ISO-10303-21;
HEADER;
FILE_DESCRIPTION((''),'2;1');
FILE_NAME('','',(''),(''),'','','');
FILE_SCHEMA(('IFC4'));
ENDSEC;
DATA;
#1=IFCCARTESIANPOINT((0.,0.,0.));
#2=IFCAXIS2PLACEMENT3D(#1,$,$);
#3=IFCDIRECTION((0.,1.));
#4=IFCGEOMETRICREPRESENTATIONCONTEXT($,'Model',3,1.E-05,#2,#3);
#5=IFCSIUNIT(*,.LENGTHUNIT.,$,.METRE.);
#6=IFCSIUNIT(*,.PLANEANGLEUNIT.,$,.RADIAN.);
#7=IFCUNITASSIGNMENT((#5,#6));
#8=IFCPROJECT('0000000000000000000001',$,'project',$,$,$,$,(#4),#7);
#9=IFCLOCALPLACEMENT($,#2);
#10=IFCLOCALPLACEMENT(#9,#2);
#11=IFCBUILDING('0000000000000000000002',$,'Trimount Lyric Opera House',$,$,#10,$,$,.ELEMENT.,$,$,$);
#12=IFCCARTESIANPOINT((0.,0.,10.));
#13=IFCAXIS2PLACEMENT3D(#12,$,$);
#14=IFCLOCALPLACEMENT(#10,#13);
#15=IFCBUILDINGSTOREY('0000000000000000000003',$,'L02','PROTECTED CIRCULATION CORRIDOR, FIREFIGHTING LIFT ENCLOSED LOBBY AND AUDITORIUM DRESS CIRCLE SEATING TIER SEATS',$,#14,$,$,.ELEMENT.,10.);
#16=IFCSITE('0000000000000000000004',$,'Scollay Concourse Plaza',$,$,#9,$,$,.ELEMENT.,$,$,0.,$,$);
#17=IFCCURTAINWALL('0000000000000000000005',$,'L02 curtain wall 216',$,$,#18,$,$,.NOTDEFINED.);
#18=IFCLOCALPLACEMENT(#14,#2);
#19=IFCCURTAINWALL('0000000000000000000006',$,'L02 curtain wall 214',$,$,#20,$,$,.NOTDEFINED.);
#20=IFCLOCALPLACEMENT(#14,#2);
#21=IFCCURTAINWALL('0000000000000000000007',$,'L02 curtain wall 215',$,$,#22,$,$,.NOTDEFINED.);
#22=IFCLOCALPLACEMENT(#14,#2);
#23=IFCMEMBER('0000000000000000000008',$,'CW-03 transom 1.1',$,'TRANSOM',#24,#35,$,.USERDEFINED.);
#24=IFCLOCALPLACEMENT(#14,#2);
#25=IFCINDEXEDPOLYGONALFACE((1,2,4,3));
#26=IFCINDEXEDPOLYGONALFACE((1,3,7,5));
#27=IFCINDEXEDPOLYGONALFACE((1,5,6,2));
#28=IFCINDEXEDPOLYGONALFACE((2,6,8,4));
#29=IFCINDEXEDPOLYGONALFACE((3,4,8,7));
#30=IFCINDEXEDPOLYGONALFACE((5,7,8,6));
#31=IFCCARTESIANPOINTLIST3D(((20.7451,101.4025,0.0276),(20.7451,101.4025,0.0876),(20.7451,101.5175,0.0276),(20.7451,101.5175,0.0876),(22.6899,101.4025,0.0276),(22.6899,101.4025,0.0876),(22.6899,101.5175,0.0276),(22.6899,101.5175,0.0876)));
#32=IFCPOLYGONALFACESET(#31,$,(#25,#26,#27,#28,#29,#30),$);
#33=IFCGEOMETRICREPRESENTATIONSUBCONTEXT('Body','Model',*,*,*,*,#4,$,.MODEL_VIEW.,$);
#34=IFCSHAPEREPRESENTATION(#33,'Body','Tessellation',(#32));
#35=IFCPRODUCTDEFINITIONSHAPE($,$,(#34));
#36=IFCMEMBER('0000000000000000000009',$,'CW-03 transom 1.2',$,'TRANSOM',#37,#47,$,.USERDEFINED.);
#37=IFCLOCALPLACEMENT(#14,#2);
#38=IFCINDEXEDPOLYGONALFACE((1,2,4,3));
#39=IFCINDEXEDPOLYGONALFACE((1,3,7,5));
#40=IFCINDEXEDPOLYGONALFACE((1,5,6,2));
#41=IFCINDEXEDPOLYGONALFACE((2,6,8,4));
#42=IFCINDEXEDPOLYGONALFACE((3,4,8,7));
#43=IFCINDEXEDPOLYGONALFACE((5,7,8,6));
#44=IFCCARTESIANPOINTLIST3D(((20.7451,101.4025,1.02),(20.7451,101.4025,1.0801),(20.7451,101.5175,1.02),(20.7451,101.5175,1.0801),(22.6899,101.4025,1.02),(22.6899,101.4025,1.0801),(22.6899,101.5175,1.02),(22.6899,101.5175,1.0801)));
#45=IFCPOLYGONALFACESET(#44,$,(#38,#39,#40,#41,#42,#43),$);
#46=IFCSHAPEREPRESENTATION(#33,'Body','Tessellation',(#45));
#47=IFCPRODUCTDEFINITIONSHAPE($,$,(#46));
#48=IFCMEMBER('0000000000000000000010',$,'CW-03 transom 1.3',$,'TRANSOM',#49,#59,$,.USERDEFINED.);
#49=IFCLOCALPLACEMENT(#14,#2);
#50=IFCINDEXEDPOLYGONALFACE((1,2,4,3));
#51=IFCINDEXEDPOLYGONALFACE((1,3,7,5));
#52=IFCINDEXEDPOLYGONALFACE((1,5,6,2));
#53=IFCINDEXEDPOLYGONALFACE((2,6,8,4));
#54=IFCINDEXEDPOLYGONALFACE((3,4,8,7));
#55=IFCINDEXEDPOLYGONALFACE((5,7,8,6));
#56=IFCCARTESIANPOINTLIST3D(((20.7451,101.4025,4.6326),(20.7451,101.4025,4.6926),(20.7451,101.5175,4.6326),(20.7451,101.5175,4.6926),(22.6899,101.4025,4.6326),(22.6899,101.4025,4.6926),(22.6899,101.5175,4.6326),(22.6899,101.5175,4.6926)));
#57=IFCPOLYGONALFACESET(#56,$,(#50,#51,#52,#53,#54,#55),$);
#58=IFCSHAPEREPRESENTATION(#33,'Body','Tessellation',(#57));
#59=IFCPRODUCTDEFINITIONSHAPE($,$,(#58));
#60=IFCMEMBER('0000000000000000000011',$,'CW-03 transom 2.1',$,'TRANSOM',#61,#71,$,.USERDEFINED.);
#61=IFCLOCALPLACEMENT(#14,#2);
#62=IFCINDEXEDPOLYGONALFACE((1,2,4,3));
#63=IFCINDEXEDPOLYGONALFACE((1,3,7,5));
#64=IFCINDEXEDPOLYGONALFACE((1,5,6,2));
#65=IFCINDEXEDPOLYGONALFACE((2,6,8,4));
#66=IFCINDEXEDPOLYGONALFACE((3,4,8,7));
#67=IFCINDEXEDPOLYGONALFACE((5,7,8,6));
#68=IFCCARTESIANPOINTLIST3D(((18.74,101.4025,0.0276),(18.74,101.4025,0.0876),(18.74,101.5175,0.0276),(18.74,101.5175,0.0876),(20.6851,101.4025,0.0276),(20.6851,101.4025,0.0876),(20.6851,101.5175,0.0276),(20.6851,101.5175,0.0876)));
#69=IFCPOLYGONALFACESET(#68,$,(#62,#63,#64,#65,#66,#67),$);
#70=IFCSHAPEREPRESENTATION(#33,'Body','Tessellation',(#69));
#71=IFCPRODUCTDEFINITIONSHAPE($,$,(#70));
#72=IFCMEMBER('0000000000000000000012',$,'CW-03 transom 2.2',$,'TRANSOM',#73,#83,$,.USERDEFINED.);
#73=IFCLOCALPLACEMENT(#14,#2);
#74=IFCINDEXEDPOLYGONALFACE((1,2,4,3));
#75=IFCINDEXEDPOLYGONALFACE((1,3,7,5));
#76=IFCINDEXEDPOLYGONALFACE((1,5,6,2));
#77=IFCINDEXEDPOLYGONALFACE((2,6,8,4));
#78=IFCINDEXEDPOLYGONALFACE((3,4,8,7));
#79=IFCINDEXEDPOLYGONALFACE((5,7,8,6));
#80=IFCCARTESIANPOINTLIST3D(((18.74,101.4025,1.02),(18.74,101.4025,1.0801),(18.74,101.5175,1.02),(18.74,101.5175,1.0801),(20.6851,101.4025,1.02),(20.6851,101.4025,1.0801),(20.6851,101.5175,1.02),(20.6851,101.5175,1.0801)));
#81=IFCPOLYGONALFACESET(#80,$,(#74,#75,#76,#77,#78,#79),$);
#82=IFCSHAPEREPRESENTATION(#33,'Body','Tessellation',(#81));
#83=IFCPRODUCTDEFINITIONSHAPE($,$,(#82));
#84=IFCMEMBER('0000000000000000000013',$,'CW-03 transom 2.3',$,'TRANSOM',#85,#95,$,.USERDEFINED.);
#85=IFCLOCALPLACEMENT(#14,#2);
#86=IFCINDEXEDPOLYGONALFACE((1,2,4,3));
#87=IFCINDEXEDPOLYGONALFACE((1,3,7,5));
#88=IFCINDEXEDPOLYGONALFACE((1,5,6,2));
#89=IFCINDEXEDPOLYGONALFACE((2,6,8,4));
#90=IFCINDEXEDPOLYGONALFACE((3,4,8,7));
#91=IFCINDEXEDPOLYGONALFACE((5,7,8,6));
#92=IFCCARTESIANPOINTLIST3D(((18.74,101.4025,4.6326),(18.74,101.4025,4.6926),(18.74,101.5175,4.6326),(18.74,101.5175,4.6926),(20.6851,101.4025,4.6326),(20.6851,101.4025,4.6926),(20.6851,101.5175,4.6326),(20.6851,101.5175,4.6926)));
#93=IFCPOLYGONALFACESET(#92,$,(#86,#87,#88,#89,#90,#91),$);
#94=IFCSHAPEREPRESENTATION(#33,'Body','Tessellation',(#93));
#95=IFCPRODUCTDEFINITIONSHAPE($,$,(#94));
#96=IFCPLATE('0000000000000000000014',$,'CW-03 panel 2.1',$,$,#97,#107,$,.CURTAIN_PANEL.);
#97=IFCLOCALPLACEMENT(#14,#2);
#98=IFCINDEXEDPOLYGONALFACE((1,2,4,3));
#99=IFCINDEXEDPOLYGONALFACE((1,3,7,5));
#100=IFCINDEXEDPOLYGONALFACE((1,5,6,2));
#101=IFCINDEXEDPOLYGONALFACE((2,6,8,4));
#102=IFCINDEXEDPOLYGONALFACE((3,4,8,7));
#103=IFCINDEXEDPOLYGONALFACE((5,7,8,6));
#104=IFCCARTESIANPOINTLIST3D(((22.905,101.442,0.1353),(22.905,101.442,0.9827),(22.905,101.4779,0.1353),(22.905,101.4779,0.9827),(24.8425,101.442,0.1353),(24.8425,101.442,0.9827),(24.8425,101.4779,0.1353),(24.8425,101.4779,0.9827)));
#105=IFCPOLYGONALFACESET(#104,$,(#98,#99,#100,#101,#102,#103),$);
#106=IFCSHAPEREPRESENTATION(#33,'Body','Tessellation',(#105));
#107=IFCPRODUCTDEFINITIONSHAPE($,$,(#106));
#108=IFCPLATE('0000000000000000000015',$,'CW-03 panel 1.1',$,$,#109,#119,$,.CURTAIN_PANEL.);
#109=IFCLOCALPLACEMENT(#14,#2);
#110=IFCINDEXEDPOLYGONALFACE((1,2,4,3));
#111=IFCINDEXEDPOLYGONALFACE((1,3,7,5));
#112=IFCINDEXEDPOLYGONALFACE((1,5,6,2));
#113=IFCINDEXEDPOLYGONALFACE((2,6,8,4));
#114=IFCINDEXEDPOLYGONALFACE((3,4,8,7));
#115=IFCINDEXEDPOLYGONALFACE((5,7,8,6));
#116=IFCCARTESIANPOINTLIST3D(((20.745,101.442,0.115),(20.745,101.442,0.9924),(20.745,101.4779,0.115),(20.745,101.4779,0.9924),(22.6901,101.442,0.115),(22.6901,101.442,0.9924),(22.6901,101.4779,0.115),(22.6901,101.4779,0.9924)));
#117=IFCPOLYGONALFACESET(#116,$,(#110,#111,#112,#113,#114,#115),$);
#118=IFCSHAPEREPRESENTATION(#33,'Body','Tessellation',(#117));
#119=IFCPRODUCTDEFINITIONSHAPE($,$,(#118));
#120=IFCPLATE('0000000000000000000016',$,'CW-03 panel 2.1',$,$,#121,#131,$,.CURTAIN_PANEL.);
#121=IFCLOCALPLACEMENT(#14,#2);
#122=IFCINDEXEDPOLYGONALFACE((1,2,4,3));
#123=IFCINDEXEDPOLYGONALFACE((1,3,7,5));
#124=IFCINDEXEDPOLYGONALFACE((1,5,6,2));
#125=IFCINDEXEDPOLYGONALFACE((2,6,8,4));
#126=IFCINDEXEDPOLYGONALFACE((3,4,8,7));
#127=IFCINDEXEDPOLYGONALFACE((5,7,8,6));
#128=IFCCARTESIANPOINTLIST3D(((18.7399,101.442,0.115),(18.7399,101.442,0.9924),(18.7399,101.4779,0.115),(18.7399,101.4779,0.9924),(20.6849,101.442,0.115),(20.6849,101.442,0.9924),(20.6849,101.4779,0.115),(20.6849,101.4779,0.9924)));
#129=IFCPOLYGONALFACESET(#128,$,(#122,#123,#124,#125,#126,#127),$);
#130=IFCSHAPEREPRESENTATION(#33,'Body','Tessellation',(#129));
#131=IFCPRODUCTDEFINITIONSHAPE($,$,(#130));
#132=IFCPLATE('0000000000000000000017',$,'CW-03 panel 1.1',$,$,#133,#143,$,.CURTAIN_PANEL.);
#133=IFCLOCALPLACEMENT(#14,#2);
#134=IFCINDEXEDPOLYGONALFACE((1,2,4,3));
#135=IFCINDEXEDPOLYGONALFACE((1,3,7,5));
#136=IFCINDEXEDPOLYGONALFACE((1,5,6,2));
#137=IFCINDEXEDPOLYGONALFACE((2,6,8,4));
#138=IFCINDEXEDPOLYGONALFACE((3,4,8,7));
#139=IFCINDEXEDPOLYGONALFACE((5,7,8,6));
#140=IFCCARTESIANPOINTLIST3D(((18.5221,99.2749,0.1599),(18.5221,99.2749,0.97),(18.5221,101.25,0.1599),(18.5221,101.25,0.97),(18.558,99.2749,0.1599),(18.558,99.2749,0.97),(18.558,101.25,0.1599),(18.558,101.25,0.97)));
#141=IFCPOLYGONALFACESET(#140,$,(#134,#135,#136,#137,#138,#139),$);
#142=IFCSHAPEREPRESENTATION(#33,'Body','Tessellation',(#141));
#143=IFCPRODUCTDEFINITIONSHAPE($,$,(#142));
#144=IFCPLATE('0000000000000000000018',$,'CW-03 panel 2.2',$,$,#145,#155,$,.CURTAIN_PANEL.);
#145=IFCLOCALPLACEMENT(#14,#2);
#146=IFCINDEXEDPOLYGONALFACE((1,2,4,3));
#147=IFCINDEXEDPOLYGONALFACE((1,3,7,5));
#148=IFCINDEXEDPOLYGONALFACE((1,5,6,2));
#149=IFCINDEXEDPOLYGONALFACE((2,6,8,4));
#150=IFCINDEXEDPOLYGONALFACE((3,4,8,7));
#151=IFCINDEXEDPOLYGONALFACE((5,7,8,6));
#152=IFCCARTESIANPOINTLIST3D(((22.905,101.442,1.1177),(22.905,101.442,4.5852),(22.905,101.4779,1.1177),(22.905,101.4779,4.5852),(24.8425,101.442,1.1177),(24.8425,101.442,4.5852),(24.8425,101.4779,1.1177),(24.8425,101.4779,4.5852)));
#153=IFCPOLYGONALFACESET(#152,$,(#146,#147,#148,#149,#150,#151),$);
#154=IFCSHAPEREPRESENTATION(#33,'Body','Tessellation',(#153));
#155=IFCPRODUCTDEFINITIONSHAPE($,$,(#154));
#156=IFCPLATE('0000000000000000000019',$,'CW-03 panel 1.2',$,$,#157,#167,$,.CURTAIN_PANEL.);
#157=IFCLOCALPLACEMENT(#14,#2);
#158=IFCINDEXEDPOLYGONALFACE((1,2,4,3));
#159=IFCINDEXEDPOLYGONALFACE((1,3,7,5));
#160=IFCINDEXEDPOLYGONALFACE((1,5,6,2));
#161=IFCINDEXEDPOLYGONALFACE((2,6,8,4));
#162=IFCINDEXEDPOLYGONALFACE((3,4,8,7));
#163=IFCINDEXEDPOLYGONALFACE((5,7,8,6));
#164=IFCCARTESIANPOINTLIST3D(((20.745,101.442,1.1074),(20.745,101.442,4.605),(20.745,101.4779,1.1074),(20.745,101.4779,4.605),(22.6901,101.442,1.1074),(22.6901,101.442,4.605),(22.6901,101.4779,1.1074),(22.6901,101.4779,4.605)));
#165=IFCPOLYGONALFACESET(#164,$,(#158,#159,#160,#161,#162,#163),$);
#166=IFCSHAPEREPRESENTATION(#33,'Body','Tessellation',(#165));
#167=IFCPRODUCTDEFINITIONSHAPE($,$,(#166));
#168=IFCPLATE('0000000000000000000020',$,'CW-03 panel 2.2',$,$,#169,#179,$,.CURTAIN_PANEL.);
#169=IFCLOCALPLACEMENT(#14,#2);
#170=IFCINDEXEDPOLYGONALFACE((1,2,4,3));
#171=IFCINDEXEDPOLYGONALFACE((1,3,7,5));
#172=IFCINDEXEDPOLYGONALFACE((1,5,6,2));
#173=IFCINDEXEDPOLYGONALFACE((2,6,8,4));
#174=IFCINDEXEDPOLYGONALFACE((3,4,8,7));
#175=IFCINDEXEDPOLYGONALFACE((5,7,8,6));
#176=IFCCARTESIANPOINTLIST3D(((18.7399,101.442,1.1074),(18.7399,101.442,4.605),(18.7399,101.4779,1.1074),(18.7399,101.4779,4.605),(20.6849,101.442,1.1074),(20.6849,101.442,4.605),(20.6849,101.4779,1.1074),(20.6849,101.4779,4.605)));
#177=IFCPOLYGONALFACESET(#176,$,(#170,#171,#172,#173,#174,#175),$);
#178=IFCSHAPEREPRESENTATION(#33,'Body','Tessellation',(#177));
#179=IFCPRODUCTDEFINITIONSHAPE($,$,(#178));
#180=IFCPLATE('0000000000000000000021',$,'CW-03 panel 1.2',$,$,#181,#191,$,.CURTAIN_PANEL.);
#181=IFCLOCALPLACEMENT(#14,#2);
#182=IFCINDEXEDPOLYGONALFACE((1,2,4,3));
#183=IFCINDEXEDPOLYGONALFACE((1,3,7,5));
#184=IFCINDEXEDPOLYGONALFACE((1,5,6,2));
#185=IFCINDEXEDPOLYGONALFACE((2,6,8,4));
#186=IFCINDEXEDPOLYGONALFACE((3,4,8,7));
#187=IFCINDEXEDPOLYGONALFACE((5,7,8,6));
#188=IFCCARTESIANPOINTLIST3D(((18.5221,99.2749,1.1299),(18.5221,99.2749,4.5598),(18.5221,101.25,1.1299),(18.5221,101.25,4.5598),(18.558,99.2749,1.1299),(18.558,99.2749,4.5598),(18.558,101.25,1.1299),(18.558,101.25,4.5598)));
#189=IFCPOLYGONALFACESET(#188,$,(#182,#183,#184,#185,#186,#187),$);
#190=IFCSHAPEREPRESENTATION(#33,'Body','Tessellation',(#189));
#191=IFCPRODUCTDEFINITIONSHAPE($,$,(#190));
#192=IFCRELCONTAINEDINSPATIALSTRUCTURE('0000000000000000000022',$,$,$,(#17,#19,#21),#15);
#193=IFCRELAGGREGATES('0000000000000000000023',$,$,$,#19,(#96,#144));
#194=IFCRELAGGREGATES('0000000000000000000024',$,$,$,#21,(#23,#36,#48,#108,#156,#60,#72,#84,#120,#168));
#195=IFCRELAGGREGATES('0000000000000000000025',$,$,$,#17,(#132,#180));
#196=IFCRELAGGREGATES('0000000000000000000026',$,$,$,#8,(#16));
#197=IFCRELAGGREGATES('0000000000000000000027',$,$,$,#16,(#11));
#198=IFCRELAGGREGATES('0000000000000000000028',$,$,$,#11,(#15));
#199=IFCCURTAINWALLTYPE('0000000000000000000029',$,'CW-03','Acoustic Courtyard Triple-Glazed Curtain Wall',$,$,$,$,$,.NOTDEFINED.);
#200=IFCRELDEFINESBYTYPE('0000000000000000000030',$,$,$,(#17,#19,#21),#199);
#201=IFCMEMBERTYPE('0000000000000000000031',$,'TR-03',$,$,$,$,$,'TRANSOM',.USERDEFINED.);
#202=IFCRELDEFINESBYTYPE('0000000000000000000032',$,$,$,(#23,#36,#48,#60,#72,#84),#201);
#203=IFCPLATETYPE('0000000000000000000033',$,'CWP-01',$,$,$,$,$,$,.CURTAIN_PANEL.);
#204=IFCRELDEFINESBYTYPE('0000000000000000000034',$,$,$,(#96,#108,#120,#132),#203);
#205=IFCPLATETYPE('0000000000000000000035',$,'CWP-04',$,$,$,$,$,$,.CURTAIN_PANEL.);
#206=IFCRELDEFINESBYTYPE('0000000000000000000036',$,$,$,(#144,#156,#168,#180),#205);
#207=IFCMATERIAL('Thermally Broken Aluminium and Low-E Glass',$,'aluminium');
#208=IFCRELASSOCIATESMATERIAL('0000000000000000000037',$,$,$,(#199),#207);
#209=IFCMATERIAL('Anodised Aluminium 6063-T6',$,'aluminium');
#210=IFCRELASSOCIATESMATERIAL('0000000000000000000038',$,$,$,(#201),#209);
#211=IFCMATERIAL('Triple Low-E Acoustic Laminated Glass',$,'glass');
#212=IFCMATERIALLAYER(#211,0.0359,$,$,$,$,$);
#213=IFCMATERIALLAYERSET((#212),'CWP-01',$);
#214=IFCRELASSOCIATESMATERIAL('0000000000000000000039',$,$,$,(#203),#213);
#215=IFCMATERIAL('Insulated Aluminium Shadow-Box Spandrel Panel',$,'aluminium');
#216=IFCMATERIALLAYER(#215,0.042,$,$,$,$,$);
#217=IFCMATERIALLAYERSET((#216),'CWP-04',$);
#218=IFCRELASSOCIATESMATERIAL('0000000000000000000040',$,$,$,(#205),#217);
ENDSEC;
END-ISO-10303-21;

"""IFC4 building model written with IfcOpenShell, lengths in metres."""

from ifc_helpers import new_model, si_unit, direction, frame, origin, origin_2d, place, context, subcontext, project, spatial, rectangle, extrude, material, layer, layer_set, material_profile, profile_set, type_object, element, aggregate, save


model = new_model("IFC4")

# Units and contexts
model_context = context("Model", 3, precision=1e-05, world=origin(), true_north=direction((0.0, 1.0)))
body_context = subcontext(model_context, "Body", "Model", "MODEL_VIEW")
ifc_project = project(units=[si_unit("LENGTHUNIT", "METRE"), si_unit("PLANEANGLEUNIT", "RADIAN")], contexts=[model_context])

# Site, building, storey
site_placement = place(None, origin())
site = spatial("IfcSite", under=ifc_project, at=site_placement, Name="Scollay Concourse Plaza", CompositionType="ELEMENT", RefElevation=0.0)
building_placement = place(site_placement, origin())
building = spatial("IfcBuilding", under=site, at=building_placement, Name="Trimount Lyric Opera House", CompositionType="ELEMENT")
storey_placement = place(building_placement, frame((0.0, 0.0, 10.0)))
storey = spatial("IfcBuildingStorey", under=building, at=storey_placement, Name="L02", Description="PROTECTED CIRCULATION CORRIDOR, FIREFIGHTING LIFT ENCLOSED LOBBY AND AUDITORIUM DRESS CIRCLE SEATING TIER SEATS", CompositionType="ELEMENT", Elevation=10.0)

# Curtain wall
ifc_material_1 = material(Name="Thermally Broken Aluminium and Low-E Glass", Category="aluminium")
curtain_wall_type = type_object("IfcCurtainWallType", Name="CW-03", Description="Acoustic Courtyard Triple-Glazed Curtain Wall", PredefinedType="NOTDEFINED", material=ifc_material_1)
curtain_wall_1_placement = place(storey_placement, origin())
curtain_wall_1 = element("IfcCurtainWall", 1, at=curtain_wall_1_placement, inside=storey, type_object=curtain_wall_type, Name="L02 curtain wall 216", PredefinedType="NOTDEFINED")

# Curtain wall
curtain_wall_2_placement = place(storey_placement, origin())
curtain_wall_2 = element("IfcCurtainWall", 2, at=curtain_wall_2_placement, inside=storey, type_object=curtain_wall_type, Name="L02 curtain wall 214", PredefinedType="NOTDEFINED")

# Curtain wall
curtain_wall_3_placement = place(storey_placement, origin())
curtain_wall_3 = element("IfcCurtainWall", 3, at=curtain_wall_3_placement, inside=storey, type_object=curtain_wall_type, Name="L02 curtain wall 215", PredefinedType="NOTDEFINED")

# Members
ifc_material_2 = material(Name="Anodised Aluminium 6063-T6", Category="aluminium")
ifc_material_profile_1 = material_profile(ifc_material_2, rectangle(XDim=0.115, YDim=0.0601, at=origin_2d()), Name="ALU-TRAN-60X115")
ifc_profile_set_1 = profile_set([ifc_material_profile_1], Name="Anodised Aluminium 6063-T6")
member_type_1 = type_object("IfcMemberType", Name="TR-03", ElementType="TRANSOM", PredefinedType="USERDEFINED", material=ifc_profile_set_1)
member_1_placement = place(storey_placement, frame((22.6899, 101.46, 0.0576), z_axis=(-1.0, 0.0, 0.0), x_axis=(0.0, -1.0, 0.0)))
member_1 = element("IfcMember", 4, at=member_1_placement, type_object=member_type_1, Name="CW-03 transom 1.1", ObjectType="TRANSOM", PredefinedType="USERDEFINED", context=body_context, shape_type="SweptSolid", body=[
    extrude(rectangle(XDim=0.115, YDim=0.0601, at=origin_2d()), origin(), (0.0, 0.0, 1.0), 1.9448),
])
member_2_placement = place(storey_placement, frame((22.6899, 101.46, 1.05), z_axis=(-1.0, 0.0, 0.0), x_axis=(0.0, -1.0, 0.0)))
member_2 = element("IfcMember", 5, at=member_2_placement, type_object=member_type_1, Name="CW-03 transom 1.2", ObjectType="TRANSOM", PredefinedType="USERDEFINED", context=body_context, shape_type="SweptSolid", body=[
    extrude(rectangle(XDim=0.115, YDim=0.0601, at=origin_2d()), origin(), (0.0, 0.0, 1.0), 1.9448),
])
member_3_placement = place(storey_placement, frame((22.6899, 101.46, 4.6626), z_axis=(-1.0, 0.0, 0.0), x_axis=(0.0, -1.0, 0.0)))
member_3 = element("IfcMember", 6, at=member_3_placement, type_object=member_type_1, Name="CW-03 transom 1.3", ObjectType="TRANSOM", PredefinedType="USERDEFINED", context=body_context, shape_type="SweptSolid", body=[
    extrude(rectangle(XDim=0.115, YDim=0.0601, at=origin_2d()), origin(), (0.0, 0.0, 1.0), 1.9448),
])
member_4_placement = place(storey_placement, frame((20.6851, 101.46, 0.0576), z_axis=(-1.0, 0.0, 0.0), x_axis=(0.0, -1.0, 0.0)))
member_4 = element("IfcMember", 7, at=member_4_placement, type_object=member_type_1, Name="CW-03 transom 2.1", ObjectType="TRANSOM", PredefinedType="USERDEFINED", context=body_context, shape_type="SweptSolid", body=[
    extrude(rectangle(XDim=0.115, YDim=0.0601, at=origin_2d()), origin(), (0.0, 0.0, 1.0), 1.9451),
])
member_5_placement = place(storey_placement, frame((20.6851, 101.46, 1.05), z_axis=(-1.0, 0.0, 0.0), x_axis=(0.0, -1.0, 0.0)))
member_5 = element("IfcMember", 8, at=member_5_placement, type_object=member_type_1, Name="CW-03 transom 2.2", ObjectType="TRANSOM", PredefinedType="USERDEFINED", context=body_context, shape_type="SweptSolid", body=[
    extrude(rectangle(XDim=0.115, YDim=0.0601, at=origin_2d()), origin(), (0.0, 0.0, 1.0), 1.9451),
])
member_6_placement = place(storey_placement, frame((20.6851, 101.46, 4.6626), z_axis=(-1.0, 0.0, 0.0), x_axis=(0.0, -1.0, 0.0)))
member_6 = element("IfcMember", 9, at=member_6_placement, type_object=member_type_1, Name="CW-03 transom 2.3", ObjectType="TRANSOM", PredefinedType="USERDEFINED", context=body_context, shape_type="SweptSolid", body=[
    extrude(rectangle(XDim=0.115, YDim=0.0601, at=origin_2d()), origin(), (0.0, 0.0, 1.0), 1.9451),
])

# Plates
ifc_material_3 = material(Name="Triple Low-E Acoustic Laminated Glass", Category="glass")
ifc_layer_1 = layer(ifc_material_3, 0.0359)
ifc_layer_set_1 = layer_set([ifc_layer_1], Name="CWP-01")
plate_type_1 = type_object("IfcPlateType", Name="CWP-01", PredefinedType="CURTAIN_PANEL", material=ifc_layer_set_1)
plate_1_placement = place(storey_placement, frame((23.8738, 101.46, 0.1353), z_axis=(0.0, 0.0, 1.0), x_axis=(-1.0, 0.0, 0.0)))
plate_1 = element("IfcPlate", 10, at=plate_1_placement, type_object=plate_type_1, Name="CW-03 panel 2.1", PredefinedType="CURTAIN_PANEL", context=body_context, shape_type="SweptSolid", body=[
    extrude(rectangle(XDim=1.9375, YDim=0.0359, at=origin_2d()), origin(), (0.0, 0.0, 1.0), 0.8474),
])
plate_2_placement = place(storey_placement, frame((21.7175, 101.46, 0.115), z_axis=(0.0, 0.0, 1.0), x_axis=(-1.0, 0.0, 0.0)))
plate_2 = element("IfcPlate", 11, at=plate_2_placement, type_object=plate_type_1, Name="CW-03 panel 1.1", PredefinedType="CURTAIN_PANEL", context=body_context, shape_type="SweptSolid", body=[
    extrude(rectangle(XDim=1.9451, YDim=0.0359, at=origin_2d()), origin(), (0.0, 0.0, 1.0), 0.8774),
])
plate_3_placement = place(storey_placement, frame((19.7124, 101.46, 0.115), z_axis=(0.0, 0.0, 1.0), x_axis=(-1.0, 0.0, 0.0)))
plate_3 = element("IfcPlate", 12, at=plate_3_placement, type_object=plate_type_1, Name="CW-03 panel 2.1", PredefinedType="CURTAIN_PANEL", context=body_context, shape_type="SweptSolid", body=[
    extrude(rectangle(XDim=1.9451, YDim=0.0359, at=origin_2d()), origin(), (0.0, 0.0, 1.0), 0.8774),
])
plate_4_placement = place(storey_placement, frame((18.54, 100.2625, 0.1599), z_axis=(0.0, 0.0, 1.0), x_axis=(0.0, -1.0, 0.0)))
plate_4 = element("IfcPlate", 13, at=plate_4_placement, type_object=plate_type_1, Name="CW-03 panel 1.1", PredefinedType="CURTAIN_PANEL", context=body_context, shape_type="SweptSolid", body=[
    extrude(rectangle(XDim=1.9751, YDim=0.0359, at=origin_2d()), origin(), (0.0, 0.0, 1.0), 0.8101),
])
ifc_material_4 = material(Name="Insulated Aluminium Shadow-Box Spandrel Panel", Category="aluminium")
ifc_layer_2 = layer(ifc_material_4, 0.042)
ifc_layer_set_2 = layer_set([ifc_layer_2], Name="CWP-04")
plate_type_2 = type_object("IfcPlateType", Name="CWP-04", PredefinedType="CURTAIN_PANEL", material=ifc_layer_set_2)
plate_5_placement = place(storey_placement, frame((23.8738, 101.46, 1.1177), z_axis=(0.0, 0.0, 1.0), x_axis=(-1.0, 0.0, 0.0)))
plate_5 = element("IfcPlate", 14, at=plate_5_placement, type_object=plate_type_2, Name="CW-03 panel 2.2", PredefinedType="CURTAIN_PANEL", context=body_context, shape_type="SweptSolid", body=[
    extrude(rectangle(XDim=1.9375, YDim=0.0359, at=origin_2d()), origin(), (0.0, 0.0, 1.0), 3.4675),
])
aggregate(curtain_wall_2, [plate_1, plate_5])
plate_6_placement = place(storey_placement, frame((21.7175, 101.46, 1.1074), z_axis=(0.0, 0.0, 1.0), x_axis=(-1.0, 0.0, 0.0)))
plate_6 = element("IfcPlate", 15, at=plate_6_placement, type_object=plate_type_2, Name="CW-03 panel 1.2", PredefinedType="CURTAIN_PANEL", context=body_context, shape_type="SweptSolid", body=[
    extrude(rectangle(XDim=1.9451, YDim=0.0359, at=origin_2d()), origin(), (0.0, 0.0, 1.0), 3.4976),
])
plate_7_placement = place(storey_placement, frame((19.7124, 101.46, 1.1074), z_axis=(0.0, 0.0, 1.0), x_axis=(-1.0, 0.0, 0.0)))
plate_7 = element("IfcPlate", 16, at=plate_7_placement, type_object=plate_type_2, Name="CW-03 panel 2.2", PredefinedType="CURTAIN_PANEL", context=body_context, shape_type="SweptSolid", body=[
    extrude(rectangle(XDim=1.9451, YDim=0.0359, at=origin_2d()), origin(), (0.0, 0.0, 1.0), 3.4976),
])
aggregate(curtain_wall_3, [member_1, member_2, member_3, plate_2, plate_6, member_4, member_5, member_6, plate_3, plate_7])
plate_8_placement = place(storey_placement, frame((18.54, 100.2625, 1.1299), z_axis=(0.0, 0.0, 1.0), x_axis=(0.0, -1.0, 0.0)))
plate_8 = element("IfcPlate", 17, at=plate_8_placement, type_object=plate_type_2, Name="CW-03 panel 1.2", PredefinedType="CURTAIN_PANEL", context=body_context, shape_type="SweptSolid", body=[
    extrude(rectangle(XDim=1.9751, YDim=0.0359, at=origin_2d()), origin(), (0.0, 0.0, 1.0), 3.4299),
])
aggregate(curtain_wall_1, [plate_4, plate_8])

save(model, "model.ifc")
